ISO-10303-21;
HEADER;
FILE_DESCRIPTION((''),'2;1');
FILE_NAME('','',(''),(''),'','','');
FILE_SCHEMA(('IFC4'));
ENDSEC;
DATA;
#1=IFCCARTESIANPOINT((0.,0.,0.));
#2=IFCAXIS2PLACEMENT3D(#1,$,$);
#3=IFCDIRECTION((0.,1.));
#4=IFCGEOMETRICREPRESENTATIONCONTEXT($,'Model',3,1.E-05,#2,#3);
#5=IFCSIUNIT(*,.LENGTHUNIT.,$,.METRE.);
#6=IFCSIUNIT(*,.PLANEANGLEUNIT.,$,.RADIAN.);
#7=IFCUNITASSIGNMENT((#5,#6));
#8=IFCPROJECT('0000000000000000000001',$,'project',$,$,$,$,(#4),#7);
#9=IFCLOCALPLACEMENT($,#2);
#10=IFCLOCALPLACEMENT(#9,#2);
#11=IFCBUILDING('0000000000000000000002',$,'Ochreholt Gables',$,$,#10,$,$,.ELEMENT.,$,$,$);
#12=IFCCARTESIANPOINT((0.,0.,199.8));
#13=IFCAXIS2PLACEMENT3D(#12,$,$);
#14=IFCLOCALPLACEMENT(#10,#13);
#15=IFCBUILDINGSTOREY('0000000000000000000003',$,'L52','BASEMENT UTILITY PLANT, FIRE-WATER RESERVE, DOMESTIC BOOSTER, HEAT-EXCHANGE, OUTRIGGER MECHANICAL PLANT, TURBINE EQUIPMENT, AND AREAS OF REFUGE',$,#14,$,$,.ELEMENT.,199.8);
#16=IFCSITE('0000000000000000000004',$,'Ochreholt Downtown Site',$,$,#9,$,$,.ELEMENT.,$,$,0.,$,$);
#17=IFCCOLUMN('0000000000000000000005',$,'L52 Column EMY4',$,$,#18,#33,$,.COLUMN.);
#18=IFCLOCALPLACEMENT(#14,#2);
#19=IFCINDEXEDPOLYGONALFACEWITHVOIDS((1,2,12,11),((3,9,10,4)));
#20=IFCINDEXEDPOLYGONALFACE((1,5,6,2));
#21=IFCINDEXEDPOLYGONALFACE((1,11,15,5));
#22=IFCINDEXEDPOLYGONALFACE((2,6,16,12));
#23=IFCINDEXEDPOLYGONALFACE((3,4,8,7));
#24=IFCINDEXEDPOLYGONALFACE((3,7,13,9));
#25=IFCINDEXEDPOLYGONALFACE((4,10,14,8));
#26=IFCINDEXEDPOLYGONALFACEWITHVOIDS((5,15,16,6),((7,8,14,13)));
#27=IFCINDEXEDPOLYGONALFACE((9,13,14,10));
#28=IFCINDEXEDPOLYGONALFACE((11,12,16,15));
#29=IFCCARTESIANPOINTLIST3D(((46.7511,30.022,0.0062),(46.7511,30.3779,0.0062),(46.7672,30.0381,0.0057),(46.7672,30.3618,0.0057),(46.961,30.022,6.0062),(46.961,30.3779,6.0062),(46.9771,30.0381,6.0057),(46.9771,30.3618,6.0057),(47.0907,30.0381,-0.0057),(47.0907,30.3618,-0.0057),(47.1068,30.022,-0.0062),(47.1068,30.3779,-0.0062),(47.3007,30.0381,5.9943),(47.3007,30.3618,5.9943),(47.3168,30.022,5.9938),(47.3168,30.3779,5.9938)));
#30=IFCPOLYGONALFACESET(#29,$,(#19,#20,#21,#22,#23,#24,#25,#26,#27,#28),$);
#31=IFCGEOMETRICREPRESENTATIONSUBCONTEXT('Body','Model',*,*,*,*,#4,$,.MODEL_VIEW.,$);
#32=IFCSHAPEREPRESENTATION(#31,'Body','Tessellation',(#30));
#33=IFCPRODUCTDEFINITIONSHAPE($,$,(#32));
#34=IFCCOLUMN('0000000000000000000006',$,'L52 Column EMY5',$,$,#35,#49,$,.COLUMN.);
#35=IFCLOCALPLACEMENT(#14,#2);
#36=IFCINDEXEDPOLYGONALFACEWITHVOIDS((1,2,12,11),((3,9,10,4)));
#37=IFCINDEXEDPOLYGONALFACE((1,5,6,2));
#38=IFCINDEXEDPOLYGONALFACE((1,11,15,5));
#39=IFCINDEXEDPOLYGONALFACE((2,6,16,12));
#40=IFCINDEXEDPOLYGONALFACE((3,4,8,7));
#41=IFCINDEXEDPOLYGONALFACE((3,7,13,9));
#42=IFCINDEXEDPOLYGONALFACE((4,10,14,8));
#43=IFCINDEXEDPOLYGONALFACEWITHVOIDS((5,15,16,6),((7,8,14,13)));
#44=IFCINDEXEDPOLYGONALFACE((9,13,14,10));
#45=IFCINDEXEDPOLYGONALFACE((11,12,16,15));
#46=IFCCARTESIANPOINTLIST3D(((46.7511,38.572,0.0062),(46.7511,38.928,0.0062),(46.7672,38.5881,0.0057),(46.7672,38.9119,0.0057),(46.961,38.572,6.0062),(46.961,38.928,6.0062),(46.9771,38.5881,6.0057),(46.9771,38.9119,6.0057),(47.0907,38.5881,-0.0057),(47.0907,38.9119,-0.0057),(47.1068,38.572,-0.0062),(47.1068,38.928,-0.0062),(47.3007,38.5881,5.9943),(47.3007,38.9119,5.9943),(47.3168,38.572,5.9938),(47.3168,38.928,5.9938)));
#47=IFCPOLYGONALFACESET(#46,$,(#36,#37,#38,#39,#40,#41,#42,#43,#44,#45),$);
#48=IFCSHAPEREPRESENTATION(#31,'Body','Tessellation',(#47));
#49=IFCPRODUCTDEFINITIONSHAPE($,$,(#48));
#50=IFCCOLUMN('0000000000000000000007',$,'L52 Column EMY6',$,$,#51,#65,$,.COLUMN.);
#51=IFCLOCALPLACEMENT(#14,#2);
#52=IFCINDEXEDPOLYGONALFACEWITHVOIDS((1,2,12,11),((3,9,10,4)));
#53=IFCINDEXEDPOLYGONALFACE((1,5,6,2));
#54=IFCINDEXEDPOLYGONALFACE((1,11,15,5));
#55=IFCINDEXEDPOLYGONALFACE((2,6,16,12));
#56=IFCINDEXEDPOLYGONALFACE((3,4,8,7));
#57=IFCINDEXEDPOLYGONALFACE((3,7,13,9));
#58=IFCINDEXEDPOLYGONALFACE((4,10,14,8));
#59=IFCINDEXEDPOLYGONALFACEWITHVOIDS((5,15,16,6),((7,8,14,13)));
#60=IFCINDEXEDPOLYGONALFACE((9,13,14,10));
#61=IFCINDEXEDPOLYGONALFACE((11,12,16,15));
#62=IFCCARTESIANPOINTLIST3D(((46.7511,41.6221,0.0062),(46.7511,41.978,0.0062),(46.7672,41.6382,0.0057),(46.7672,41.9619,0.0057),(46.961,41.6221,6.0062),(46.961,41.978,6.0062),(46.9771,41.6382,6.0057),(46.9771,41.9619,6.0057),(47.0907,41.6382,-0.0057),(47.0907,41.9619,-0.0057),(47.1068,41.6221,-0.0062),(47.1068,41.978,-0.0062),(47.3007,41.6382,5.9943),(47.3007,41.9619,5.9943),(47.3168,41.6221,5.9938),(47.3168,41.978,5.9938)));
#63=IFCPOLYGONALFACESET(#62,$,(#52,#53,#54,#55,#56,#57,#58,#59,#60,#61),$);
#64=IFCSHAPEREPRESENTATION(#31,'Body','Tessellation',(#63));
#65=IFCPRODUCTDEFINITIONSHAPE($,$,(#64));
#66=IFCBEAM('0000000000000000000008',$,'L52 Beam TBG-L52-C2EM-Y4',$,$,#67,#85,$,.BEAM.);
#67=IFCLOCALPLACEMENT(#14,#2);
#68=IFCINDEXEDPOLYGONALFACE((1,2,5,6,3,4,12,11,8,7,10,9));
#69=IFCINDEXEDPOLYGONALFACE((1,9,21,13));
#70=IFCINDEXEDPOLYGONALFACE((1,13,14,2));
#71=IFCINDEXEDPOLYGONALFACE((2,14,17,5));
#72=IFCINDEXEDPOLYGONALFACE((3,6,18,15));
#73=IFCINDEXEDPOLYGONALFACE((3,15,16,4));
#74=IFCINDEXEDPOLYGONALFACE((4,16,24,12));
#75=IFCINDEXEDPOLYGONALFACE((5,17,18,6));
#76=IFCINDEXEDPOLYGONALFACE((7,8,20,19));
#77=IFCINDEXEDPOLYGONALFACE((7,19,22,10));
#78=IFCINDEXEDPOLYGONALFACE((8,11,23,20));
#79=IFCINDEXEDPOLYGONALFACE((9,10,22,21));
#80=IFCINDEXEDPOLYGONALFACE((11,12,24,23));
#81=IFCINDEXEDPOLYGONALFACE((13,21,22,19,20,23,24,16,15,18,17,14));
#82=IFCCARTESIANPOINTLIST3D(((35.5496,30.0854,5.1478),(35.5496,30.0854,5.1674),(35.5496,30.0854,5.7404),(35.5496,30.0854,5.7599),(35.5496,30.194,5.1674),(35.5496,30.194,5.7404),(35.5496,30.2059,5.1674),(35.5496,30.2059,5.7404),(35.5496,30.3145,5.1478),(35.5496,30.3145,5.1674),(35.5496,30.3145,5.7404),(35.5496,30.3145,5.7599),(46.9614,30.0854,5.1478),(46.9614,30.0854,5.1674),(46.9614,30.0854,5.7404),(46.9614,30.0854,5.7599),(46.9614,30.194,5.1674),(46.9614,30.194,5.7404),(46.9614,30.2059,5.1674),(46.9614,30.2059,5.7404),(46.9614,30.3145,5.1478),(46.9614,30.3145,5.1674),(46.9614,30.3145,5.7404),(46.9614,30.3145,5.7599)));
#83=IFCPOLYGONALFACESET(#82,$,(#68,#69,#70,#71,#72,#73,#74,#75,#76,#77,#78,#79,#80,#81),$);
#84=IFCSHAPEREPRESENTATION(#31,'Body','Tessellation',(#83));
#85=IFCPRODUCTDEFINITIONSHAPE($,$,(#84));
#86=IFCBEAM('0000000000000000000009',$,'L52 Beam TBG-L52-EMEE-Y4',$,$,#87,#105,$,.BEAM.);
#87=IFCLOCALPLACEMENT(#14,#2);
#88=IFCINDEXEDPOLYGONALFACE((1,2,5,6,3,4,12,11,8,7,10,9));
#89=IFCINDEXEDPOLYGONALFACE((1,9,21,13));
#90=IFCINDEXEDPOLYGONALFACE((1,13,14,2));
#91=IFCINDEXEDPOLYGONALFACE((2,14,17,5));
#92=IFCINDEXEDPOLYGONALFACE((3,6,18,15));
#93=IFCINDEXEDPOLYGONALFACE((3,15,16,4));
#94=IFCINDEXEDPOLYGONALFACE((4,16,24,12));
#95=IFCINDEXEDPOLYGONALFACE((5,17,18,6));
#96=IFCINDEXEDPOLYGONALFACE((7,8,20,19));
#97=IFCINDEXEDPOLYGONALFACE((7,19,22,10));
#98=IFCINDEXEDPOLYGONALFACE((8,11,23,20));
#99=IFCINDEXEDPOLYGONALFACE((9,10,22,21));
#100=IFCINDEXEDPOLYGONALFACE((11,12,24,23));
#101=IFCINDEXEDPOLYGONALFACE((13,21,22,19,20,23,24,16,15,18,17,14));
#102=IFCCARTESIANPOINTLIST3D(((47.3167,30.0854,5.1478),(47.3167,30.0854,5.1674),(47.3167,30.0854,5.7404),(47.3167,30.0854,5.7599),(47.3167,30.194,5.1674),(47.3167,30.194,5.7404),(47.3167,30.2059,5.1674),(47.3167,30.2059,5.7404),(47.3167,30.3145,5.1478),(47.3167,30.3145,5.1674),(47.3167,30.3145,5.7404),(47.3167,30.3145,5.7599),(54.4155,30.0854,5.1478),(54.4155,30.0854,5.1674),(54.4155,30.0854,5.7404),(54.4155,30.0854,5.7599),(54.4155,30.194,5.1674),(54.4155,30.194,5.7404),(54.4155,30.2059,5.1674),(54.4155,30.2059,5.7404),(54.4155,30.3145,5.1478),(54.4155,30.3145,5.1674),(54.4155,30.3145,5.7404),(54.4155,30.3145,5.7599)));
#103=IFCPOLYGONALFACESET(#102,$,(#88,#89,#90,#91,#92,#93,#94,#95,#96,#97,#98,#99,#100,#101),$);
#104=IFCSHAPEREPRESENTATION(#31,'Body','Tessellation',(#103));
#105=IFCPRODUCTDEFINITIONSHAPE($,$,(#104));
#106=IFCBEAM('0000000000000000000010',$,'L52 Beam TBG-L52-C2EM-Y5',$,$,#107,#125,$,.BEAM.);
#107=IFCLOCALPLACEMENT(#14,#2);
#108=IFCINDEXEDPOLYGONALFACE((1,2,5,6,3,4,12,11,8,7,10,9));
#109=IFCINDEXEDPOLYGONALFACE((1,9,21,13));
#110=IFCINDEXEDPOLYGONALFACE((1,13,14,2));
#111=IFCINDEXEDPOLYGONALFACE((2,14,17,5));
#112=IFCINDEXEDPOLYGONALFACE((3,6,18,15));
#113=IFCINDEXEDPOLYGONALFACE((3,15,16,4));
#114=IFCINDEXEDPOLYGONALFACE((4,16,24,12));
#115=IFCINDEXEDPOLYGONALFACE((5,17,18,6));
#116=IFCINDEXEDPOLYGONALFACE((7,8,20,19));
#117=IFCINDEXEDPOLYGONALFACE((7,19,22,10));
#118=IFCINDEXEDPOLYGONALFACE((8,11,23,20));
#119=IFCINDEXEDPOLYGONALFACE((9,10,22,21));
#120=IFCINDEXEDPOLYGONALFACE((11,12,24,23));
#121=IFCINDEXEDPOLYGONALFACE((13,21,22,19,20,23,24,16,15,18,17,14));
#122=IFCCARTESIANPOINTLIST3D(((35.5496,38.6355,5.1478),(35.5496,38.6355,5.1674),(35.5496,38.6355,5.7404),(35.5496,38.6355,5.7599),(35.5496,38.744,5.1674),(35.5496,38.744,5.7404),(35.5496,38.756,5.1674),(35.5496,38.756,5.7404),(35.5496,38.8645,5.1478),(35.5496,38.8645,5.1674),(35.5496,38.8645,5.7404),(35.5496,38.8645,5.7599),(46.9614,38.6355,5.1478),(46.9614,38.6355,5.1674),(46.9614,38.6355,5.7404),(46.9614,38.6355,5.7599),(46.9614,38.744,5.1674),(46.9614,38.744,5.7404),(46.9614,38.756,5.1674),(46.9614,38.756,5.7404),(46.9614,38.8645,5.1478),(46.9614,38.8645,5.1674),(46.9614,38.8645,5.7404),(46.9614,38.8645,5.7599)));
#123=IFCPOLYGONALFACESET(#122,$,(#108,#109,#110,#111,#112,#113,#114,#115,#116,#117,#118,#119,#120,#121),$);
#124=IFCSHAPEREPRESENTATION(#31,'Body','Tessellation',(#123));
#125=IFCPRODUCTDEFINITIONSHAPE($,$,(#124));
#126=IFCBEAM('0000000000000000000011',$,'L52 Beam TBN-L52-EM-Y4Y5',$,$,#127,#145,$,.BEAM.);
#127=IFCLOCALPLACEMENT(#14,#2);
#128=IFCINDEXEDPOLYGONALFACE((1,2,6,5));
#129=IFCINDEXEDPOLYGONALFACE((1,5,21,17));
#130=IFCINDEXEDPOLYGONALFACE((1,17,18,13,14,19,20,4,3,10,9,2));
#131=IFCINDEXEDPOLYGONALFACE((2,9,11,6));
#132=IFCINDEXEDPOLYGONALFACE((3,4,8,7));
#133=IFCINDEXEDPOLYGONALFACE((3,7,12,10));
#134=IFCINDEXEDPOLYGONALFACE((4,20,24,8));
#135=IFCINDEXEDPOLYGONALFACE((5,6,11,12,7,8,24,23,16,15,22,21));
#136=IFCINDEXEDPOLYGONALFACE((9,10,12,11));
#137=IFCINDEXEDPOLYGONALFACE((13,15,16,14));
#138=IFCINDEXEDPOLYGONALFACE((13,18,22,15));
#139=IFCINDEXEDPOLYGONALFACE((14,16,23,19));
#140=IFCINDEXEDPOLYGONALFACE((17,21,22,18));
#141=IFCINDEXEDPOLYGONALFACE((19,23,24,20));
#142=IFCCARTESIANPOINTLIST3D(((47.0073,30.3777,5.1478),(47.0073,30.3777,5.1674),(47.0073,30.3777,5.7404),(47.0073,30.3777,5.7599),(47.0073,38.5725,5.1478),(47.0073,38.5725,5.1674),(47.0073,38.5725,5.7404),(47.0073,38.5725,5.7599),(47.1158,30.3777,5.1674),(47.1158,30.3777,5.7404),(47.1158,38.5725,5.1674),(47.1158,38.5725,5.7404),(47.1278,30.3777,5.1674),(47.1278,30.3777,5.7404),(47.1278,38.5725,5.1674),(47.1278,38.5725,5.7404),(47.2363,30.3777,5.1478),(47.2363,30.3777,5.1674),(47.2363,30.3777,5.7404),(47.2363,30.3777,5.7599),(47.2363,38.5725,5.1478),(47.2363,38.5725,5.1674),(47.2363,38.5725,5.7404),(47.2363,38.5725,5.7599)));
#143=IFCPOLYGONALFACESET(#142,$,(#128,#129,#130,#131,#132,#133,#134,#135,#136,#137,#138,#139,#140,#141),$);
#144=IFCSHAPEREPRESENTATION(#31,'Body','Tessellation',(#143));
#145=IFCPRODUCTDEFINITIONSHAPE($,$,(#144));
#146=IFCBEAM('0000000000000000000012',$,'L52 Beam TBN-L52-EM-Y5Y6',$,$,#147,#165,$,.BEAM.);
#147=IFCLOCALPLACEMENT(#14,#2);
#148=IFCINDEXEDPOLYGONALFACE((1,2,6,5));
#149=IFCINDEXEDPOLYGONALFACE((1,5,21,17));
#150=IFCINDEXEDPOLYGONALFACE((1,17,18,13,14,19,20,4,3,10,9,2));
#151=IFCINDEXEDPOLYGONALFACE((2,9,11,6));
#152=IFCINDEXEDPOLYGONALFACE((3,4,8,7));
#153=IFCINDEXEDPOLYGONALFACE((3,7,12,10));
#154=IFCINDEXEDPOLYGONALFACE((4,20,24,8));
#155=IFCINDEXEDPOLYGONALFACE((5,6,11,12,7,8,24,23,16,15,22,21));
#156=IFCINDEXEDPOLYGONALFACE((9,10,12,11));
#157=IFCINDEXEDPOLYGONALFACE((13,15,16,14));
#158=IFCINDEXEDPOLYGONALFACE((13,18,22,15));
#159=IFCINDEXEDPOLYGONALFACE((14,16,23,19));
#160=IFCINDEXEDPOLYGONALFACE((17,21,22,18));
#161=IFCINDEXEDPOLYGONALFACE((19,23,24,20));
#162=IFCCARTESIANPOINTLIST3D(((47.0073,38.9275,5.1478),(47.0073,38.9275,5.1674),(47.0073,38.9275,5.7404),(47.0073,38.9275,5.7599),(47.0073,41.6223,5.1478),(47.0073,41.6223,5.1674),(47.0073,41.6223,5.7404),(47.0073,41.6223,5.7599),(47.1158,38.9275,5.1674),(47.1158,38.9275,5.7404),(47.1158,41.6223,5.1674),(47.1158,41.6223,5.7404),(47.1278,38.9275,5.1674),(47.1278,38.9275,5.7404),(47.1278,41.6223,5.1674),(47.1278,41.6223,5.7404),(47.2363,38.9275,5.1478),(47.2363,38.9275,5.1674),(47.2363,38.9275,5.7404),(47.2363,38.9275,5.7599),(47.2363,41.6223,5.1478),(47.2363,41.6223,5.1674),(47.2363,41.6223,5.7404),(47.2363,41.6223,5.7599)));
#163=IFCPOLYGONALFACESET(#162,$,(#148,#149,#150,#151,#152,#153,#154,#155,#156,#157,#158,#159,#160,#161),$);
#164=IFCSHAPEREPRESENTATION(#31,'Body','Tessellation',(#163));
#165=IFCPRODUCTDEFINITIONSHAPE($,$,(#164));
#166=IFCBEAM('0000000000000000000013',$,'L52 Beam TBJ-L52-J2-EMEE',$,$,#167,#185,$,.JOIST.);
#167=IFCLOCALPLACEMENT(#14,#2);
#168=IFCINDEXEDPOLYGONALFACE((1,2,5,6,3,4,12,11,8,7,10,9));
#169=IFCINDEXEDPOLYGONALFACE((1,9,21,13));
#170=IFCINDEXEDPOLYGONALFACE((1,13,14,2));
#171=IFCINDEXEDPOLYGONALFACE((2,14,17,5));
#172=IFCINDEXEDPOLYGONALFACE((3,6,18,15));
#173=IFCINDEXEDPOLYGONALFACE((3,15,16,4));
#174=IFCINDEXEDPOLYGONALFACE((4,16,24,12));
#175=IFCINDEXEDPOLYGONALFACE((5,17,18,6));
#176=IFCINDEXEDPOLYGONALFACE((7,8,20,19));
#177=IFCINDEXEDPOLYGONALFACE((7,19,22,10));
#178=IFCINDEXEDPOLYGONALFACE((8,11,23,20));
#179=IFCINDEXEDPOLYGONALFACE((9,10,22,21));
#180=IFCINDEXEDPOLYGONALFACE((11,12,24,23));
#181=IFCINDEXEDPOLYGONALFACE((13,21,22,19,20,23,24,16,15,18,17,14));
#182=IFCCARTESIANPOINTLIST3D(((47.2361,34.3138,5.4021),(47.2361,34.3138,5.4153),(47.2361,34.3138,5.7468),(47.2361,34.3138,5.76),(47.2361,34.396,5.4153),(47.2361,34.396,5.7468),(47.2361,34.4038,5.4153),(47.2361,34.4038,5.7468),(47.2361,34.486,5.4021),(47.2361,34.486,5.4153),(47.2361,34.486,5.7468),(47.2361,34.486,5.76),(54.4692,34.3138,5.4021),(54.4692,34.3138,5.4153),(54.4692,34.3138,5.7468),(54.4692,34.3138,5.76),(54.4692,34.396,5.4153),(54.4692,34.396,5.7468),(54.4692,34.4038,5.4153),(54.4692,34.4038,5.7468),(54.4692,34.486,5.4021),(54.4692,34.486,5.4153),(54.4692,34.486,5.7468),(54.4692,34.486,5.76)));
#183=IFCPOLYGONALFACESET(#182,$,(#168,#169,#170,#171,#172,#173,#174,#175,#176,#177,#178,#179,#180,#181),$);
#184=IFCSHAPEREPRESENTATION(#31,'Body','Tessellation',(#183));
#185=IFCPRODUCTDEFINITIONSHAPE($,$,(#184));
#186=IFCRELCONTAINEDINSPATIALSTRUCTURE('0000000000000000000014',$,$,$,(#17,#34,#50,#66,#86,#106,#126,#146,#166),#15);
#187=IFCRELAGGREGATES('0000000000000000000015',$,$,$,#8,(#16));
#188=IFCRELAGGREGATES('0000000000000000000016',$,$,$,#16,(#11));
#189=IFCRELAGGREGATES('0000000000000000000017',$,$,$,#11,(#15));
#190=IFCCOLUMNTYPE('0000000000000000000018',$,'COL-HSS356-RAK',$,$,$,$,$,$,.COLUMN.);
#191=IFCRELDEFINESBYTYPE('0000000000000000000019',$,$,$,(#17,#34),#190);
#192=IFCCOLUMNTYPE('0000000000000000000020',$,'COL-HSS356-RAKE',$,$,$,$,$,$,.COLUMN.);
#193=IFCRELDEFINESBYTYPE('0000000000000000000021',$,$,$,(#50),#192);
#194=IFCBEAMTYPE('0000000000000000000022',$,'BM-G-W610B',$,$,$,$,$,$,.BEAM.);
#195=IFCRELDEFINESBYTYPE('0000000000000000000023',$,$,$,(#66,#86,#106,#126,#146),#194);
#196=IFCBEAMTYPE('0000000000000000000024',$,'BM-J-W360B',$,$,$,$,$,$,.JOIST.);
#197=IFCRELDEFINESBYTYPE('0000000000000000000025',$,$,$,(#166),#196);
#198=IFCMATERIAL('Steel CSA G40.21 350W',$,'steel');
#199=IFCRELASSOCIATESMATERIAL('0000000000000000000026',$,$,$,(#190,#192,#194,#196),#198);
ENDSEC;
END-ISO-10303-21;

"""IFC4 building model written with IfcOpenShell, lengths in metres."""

from ifc_helpers import new_model, si_unit, direction, frame, origin, origin_2d, place, context, subcontext, project, spatial, hollow_rectangle, i_section, extrude, material, material_profile, profile_set, type_object, element, save


model = new_model("IFC4")

# Units and contexts
model_context = context("Model", 3, precision=1e-05, world=origin(), true_north=direction((0.0, 1.0)))
body_context = subcontext(model_context, "Body", "Model", "MODEL_VIEW")
ifc_project = project(units=[si_unit("LENGTHUNIT", "METRE"), si_unit("PLANEANGLEUNIT", "RADIAN")], contexts=[model_context])

# Site, building, storey
site_placement = place(None, origin())
site = spatial("IfcSite", under=ifc_project, at=site_placement, Name="Ochreholt Downtown Site", CompositionType="ELEMENT", RefElevation=0.0)
building_placement = place(site_placement, origin())
building = spatial("IfcBuilding", under=site, at=building_placement, Name="Ochreholt Gables", CompositionType="ELEMENT")
storey_placement = place(building_placement, frame((0.0, 0.0, 199.8)))
storey = spatial("IfcBuildingStorey", under=building, at=storey_placement, Name="L52", Description="BASEMENT UTILITY PLANT, FIRE-WATER RESERVE, DOMESTIC BOOSTER, HEAT-EXCHANGE, OUTRIGGER MECHANICAL PLANT, TURBINE EQUIPMENT, AND AREAS OF REFUGE", CompositionType="ELEMENT", Elevation=199.8)

# Columns
ifc_material_1 = material(Name="Steel CSA G40.21 350W", Category="steel")
ifc_material_profile_1 = material_profile(ifc_material_1, hollow_rectangle(XDim=0.356, YDim=0.356, WallThickness=0.0161, at=origin_2d()), Name="HSS356X356X16")
ifc_profile_set_1 = profile_set([ifc_material_profile_1], Name="Steel CSA G40.21 350W")
column_type_1 = type_object("IfcColumnType", Name="COL-HSS356-RAK", PredefinedType="COLUMN", material=ifc_profile_set_1)
for number, where, z_axis, x_axis, name in (
    (1, (46.929, 30.2, 0.0), (0.034972, 0.0, 0.999388), (0.0, 1.0, 0.0), "L52 Column EMY4"),
    (2, (46.929, 38.75, 0.0), (0.034972, 0.0, 0.999388), (0.0, 1.0, 0.0), "L52 Column EMY5"),
):
    element("IfcColumn", number, at=place(storey_placement, frame(where, z_axis=z_axis, x_axis=x_axis)), inside=storey, type_object=column_type_1, Name=name, PredefinedType="COLUMN", context=body_context, shape_type="SweptSolid", body=[
        extrude(hollow_rectangle(XDim=0.356, YDim=0.356, WallThickness=0.0161, at=origin_2d()), origin(), (0.0, 0.0, 1.0), 6.0037),
    ])
ifc_material_profile_2 = material_profile(ifc_material_1, hollow_rectangle(XDim=0.356, YDim=0.356, WallThickness=0.0161, at=origin_2d()), Name="HSS356X356X16")
ifc_profile_set_2 = profile_set([ifc_material_profile_2], Name="Steel CSA G40.21 350W")
column_type_2 = type_object("IfcColumnType", Name="COL-HSS356-RAKE", PredefinedType="COLUMN", material=ifc_profile_set_2)
column_placement = place(storey_placement, frame((46.929, 41.8, 0.0), z_axis=(0.034972, 0.0, 0.999388), x_axis=(0.0, 1.0, 0.0)))
element("IfcColumn", 3, at=column_placement, inside=storey, type_object=column_type_2, Name="L52 Column EMY6", PredefinedType="COLUMN", context=body_context, shape_type="SweptSolid", body=[
    extrude(hollow_rectangle(XDim=0.356, YDim=0.356, WallThickness=0.0161, at=origin_2d()), origin(), (0.0, 0.0, 1.0), 6.0037),
])

# Beams
ifc_material_profile_3 = material_profile(ifc_material_1, i_section(OverallWidth=0.229, OverallDepth=0.6121, WebThickness=0.012, FlangeThickness=0.0195, at=origin_2d()), Name="W610X125")
ifc_profile_set_3 = profile_set([ifc_material_profile_3], Name="Steel CSA G40.21 350W")
beam_type_1 = type_object("IfcBeamType", Name="BM-G-W610B", PredefinedType="BEAM", material=ifc_profile_set_3)
beam_1_placement = place(storey_placement, frame((35.5496, 30.2, 5.4539), z_axis=(1.0, 0.0, 0.0), x_axis=(0.0, 1.0, 0.0)))
element("IfcBeam", 4, at=beam_1_placement, inside=storey, type_object=beam_type_1, Name="L52 Beam TBG-L52-C2EM-Y4", PredefinedType="BEAM", context=body_context, shape_type="SweptSolid", body=[
    extrude(i_section(OverallWidth=0.229, OverallDepth=0.6121, WebThickness=0.012, FlangeThickness=0.0195, at=origin_2d()), origin(), (0.0, 0.0, 1.0), 11.4119),
])
beam_2_placement = place(storey_placement, frame((47.3167, 30.2, 5.4539), z_axis=(1.0, 0.0, 0.0), x_axis=(0.0, 1.0, 0.0)))
element("IfcBeam", 5, at=beam_2_placement, inside=storey, type_object=beam_type_1, Name="L52 Beam TBG-L52-EMEE-Y4", PredefinedType="BEAM", context=body_context, shape_type="SweptSolid", body=[
    extrude(i_section(OverallWidth=0.229, OverallDepth=0.6121, WebThickness=0.012, FlangeThickness=0.0195, at=origin_2d()), origin(), (0.0, 0.0, 1.0), 7.0989),
])
beam_3_placement = place(storey_placement, frame((35.5496, 38.75, 5.4539), z_axis=(1.0, 0.0, 0.0), x_axis=(0.0, 1.0, 0.0)))
element("IfcBeam", 6, at=beam_3_placement, inside=storey, type_object=beam_type_1, Name="L52 Beam TBG-L52-C2EM-Y5", PredefinedType="BEAM", context=body_context, shape_type="SweptSolid", body=[
    extrude(i_section(OverallWidth=0.229, OverallDepth=0.6121, WebThickness=0.012, FlangeThickness=0.0195, at=origin_2d()), origin(), (0.0, 0.0, 1.0), 11.4119),
])
beam_4_placement = place(storey_placement, frame((47.1218, 30.3777, 5.4539), z_axis=(0.0, 1.0, 0.0), x_axis=(-1.0, 0.0, 0.0)))
element("IfcBeam", 7, at=beam_4_placement, inside=storey, type_object=beam_type_1, Name="L52 Beam TBN-L52-EM-Y4Y5", PredefinedType="BEAM", context=body_context, shape_type="SweptSolid", body=[
    extrude(i_section(OverallWidth=0.229, OverallDepth=0.6121, WebThickness=0.012, FlangeThickness=0.0195, at=origin_2d()), origin(), (0.0, 0.0, 1.0), 8.1948),
])
beam_5_placement = place(storey_placement, frame((47.1218, 38.9275, 5.4539), z_axis=(0.0, 1.0, 0.0), x_axis=(-1.0, 0.0, 0.0)))
element("IfcBeam", 8, at=beam_5_placement, inside=storey, type_object=beam_type_1, Name="L52 Beam TBN-L52-EM-Y5Y6", PredefinedType="BEAM", context=body_context, shape_type="SweptSolid", body=[
    extrude(i_section(OverallWidth=0.229, OverallDepth=0.6121, WebThickness=0.012, FlangeThickness=0.0195, at=origin_2d()), origin(), (0.0, 0.0, 1.0), 2.6948),
])
ifc_material_profile_4 = material_profile(ifc_material_1, i_section(OverallWidth=0.1721, OverallDepth=0.3579, WebThickness=0.0078, FlangeThickness=0.0132, at=origin_2d()), Name="W360X57")
ifc_profile_set_4 = profile_set([ifc_material_profile_4], Name="Steel CSA G40.21 350W")
beam_type_2 = type_object("IfcBeamType", Name="BM-J-W360B", PredefinedType="JOIST", material=ifc_profile_set_4)
beam_6_placement = place(storey_placement, frame((47.2361, 34.3999, 5.5811), z_axis=(1.0, 0.0, 0.0), x_axis=(0.0, 1.0, 0.0)))
element("IfcBeam", 9, at=beam_6_placement, inside=storey, type_object=beam_type_2, Name="L52 Beam TBJ-L52-J2-EMEE", PredefinedType="JOIST", context=body_context, shape_type="SweptSolid", body=[
    extrude(i_section(OverallWidth=0.1721, OverallDepth=0.3579, WebThickness=0.0078, FlangeThickness=0.0132, at=origin_2d()), origin(), (0.0, 0.0, 1.0), 7.2332),
])

save(model, "model.ifc")
